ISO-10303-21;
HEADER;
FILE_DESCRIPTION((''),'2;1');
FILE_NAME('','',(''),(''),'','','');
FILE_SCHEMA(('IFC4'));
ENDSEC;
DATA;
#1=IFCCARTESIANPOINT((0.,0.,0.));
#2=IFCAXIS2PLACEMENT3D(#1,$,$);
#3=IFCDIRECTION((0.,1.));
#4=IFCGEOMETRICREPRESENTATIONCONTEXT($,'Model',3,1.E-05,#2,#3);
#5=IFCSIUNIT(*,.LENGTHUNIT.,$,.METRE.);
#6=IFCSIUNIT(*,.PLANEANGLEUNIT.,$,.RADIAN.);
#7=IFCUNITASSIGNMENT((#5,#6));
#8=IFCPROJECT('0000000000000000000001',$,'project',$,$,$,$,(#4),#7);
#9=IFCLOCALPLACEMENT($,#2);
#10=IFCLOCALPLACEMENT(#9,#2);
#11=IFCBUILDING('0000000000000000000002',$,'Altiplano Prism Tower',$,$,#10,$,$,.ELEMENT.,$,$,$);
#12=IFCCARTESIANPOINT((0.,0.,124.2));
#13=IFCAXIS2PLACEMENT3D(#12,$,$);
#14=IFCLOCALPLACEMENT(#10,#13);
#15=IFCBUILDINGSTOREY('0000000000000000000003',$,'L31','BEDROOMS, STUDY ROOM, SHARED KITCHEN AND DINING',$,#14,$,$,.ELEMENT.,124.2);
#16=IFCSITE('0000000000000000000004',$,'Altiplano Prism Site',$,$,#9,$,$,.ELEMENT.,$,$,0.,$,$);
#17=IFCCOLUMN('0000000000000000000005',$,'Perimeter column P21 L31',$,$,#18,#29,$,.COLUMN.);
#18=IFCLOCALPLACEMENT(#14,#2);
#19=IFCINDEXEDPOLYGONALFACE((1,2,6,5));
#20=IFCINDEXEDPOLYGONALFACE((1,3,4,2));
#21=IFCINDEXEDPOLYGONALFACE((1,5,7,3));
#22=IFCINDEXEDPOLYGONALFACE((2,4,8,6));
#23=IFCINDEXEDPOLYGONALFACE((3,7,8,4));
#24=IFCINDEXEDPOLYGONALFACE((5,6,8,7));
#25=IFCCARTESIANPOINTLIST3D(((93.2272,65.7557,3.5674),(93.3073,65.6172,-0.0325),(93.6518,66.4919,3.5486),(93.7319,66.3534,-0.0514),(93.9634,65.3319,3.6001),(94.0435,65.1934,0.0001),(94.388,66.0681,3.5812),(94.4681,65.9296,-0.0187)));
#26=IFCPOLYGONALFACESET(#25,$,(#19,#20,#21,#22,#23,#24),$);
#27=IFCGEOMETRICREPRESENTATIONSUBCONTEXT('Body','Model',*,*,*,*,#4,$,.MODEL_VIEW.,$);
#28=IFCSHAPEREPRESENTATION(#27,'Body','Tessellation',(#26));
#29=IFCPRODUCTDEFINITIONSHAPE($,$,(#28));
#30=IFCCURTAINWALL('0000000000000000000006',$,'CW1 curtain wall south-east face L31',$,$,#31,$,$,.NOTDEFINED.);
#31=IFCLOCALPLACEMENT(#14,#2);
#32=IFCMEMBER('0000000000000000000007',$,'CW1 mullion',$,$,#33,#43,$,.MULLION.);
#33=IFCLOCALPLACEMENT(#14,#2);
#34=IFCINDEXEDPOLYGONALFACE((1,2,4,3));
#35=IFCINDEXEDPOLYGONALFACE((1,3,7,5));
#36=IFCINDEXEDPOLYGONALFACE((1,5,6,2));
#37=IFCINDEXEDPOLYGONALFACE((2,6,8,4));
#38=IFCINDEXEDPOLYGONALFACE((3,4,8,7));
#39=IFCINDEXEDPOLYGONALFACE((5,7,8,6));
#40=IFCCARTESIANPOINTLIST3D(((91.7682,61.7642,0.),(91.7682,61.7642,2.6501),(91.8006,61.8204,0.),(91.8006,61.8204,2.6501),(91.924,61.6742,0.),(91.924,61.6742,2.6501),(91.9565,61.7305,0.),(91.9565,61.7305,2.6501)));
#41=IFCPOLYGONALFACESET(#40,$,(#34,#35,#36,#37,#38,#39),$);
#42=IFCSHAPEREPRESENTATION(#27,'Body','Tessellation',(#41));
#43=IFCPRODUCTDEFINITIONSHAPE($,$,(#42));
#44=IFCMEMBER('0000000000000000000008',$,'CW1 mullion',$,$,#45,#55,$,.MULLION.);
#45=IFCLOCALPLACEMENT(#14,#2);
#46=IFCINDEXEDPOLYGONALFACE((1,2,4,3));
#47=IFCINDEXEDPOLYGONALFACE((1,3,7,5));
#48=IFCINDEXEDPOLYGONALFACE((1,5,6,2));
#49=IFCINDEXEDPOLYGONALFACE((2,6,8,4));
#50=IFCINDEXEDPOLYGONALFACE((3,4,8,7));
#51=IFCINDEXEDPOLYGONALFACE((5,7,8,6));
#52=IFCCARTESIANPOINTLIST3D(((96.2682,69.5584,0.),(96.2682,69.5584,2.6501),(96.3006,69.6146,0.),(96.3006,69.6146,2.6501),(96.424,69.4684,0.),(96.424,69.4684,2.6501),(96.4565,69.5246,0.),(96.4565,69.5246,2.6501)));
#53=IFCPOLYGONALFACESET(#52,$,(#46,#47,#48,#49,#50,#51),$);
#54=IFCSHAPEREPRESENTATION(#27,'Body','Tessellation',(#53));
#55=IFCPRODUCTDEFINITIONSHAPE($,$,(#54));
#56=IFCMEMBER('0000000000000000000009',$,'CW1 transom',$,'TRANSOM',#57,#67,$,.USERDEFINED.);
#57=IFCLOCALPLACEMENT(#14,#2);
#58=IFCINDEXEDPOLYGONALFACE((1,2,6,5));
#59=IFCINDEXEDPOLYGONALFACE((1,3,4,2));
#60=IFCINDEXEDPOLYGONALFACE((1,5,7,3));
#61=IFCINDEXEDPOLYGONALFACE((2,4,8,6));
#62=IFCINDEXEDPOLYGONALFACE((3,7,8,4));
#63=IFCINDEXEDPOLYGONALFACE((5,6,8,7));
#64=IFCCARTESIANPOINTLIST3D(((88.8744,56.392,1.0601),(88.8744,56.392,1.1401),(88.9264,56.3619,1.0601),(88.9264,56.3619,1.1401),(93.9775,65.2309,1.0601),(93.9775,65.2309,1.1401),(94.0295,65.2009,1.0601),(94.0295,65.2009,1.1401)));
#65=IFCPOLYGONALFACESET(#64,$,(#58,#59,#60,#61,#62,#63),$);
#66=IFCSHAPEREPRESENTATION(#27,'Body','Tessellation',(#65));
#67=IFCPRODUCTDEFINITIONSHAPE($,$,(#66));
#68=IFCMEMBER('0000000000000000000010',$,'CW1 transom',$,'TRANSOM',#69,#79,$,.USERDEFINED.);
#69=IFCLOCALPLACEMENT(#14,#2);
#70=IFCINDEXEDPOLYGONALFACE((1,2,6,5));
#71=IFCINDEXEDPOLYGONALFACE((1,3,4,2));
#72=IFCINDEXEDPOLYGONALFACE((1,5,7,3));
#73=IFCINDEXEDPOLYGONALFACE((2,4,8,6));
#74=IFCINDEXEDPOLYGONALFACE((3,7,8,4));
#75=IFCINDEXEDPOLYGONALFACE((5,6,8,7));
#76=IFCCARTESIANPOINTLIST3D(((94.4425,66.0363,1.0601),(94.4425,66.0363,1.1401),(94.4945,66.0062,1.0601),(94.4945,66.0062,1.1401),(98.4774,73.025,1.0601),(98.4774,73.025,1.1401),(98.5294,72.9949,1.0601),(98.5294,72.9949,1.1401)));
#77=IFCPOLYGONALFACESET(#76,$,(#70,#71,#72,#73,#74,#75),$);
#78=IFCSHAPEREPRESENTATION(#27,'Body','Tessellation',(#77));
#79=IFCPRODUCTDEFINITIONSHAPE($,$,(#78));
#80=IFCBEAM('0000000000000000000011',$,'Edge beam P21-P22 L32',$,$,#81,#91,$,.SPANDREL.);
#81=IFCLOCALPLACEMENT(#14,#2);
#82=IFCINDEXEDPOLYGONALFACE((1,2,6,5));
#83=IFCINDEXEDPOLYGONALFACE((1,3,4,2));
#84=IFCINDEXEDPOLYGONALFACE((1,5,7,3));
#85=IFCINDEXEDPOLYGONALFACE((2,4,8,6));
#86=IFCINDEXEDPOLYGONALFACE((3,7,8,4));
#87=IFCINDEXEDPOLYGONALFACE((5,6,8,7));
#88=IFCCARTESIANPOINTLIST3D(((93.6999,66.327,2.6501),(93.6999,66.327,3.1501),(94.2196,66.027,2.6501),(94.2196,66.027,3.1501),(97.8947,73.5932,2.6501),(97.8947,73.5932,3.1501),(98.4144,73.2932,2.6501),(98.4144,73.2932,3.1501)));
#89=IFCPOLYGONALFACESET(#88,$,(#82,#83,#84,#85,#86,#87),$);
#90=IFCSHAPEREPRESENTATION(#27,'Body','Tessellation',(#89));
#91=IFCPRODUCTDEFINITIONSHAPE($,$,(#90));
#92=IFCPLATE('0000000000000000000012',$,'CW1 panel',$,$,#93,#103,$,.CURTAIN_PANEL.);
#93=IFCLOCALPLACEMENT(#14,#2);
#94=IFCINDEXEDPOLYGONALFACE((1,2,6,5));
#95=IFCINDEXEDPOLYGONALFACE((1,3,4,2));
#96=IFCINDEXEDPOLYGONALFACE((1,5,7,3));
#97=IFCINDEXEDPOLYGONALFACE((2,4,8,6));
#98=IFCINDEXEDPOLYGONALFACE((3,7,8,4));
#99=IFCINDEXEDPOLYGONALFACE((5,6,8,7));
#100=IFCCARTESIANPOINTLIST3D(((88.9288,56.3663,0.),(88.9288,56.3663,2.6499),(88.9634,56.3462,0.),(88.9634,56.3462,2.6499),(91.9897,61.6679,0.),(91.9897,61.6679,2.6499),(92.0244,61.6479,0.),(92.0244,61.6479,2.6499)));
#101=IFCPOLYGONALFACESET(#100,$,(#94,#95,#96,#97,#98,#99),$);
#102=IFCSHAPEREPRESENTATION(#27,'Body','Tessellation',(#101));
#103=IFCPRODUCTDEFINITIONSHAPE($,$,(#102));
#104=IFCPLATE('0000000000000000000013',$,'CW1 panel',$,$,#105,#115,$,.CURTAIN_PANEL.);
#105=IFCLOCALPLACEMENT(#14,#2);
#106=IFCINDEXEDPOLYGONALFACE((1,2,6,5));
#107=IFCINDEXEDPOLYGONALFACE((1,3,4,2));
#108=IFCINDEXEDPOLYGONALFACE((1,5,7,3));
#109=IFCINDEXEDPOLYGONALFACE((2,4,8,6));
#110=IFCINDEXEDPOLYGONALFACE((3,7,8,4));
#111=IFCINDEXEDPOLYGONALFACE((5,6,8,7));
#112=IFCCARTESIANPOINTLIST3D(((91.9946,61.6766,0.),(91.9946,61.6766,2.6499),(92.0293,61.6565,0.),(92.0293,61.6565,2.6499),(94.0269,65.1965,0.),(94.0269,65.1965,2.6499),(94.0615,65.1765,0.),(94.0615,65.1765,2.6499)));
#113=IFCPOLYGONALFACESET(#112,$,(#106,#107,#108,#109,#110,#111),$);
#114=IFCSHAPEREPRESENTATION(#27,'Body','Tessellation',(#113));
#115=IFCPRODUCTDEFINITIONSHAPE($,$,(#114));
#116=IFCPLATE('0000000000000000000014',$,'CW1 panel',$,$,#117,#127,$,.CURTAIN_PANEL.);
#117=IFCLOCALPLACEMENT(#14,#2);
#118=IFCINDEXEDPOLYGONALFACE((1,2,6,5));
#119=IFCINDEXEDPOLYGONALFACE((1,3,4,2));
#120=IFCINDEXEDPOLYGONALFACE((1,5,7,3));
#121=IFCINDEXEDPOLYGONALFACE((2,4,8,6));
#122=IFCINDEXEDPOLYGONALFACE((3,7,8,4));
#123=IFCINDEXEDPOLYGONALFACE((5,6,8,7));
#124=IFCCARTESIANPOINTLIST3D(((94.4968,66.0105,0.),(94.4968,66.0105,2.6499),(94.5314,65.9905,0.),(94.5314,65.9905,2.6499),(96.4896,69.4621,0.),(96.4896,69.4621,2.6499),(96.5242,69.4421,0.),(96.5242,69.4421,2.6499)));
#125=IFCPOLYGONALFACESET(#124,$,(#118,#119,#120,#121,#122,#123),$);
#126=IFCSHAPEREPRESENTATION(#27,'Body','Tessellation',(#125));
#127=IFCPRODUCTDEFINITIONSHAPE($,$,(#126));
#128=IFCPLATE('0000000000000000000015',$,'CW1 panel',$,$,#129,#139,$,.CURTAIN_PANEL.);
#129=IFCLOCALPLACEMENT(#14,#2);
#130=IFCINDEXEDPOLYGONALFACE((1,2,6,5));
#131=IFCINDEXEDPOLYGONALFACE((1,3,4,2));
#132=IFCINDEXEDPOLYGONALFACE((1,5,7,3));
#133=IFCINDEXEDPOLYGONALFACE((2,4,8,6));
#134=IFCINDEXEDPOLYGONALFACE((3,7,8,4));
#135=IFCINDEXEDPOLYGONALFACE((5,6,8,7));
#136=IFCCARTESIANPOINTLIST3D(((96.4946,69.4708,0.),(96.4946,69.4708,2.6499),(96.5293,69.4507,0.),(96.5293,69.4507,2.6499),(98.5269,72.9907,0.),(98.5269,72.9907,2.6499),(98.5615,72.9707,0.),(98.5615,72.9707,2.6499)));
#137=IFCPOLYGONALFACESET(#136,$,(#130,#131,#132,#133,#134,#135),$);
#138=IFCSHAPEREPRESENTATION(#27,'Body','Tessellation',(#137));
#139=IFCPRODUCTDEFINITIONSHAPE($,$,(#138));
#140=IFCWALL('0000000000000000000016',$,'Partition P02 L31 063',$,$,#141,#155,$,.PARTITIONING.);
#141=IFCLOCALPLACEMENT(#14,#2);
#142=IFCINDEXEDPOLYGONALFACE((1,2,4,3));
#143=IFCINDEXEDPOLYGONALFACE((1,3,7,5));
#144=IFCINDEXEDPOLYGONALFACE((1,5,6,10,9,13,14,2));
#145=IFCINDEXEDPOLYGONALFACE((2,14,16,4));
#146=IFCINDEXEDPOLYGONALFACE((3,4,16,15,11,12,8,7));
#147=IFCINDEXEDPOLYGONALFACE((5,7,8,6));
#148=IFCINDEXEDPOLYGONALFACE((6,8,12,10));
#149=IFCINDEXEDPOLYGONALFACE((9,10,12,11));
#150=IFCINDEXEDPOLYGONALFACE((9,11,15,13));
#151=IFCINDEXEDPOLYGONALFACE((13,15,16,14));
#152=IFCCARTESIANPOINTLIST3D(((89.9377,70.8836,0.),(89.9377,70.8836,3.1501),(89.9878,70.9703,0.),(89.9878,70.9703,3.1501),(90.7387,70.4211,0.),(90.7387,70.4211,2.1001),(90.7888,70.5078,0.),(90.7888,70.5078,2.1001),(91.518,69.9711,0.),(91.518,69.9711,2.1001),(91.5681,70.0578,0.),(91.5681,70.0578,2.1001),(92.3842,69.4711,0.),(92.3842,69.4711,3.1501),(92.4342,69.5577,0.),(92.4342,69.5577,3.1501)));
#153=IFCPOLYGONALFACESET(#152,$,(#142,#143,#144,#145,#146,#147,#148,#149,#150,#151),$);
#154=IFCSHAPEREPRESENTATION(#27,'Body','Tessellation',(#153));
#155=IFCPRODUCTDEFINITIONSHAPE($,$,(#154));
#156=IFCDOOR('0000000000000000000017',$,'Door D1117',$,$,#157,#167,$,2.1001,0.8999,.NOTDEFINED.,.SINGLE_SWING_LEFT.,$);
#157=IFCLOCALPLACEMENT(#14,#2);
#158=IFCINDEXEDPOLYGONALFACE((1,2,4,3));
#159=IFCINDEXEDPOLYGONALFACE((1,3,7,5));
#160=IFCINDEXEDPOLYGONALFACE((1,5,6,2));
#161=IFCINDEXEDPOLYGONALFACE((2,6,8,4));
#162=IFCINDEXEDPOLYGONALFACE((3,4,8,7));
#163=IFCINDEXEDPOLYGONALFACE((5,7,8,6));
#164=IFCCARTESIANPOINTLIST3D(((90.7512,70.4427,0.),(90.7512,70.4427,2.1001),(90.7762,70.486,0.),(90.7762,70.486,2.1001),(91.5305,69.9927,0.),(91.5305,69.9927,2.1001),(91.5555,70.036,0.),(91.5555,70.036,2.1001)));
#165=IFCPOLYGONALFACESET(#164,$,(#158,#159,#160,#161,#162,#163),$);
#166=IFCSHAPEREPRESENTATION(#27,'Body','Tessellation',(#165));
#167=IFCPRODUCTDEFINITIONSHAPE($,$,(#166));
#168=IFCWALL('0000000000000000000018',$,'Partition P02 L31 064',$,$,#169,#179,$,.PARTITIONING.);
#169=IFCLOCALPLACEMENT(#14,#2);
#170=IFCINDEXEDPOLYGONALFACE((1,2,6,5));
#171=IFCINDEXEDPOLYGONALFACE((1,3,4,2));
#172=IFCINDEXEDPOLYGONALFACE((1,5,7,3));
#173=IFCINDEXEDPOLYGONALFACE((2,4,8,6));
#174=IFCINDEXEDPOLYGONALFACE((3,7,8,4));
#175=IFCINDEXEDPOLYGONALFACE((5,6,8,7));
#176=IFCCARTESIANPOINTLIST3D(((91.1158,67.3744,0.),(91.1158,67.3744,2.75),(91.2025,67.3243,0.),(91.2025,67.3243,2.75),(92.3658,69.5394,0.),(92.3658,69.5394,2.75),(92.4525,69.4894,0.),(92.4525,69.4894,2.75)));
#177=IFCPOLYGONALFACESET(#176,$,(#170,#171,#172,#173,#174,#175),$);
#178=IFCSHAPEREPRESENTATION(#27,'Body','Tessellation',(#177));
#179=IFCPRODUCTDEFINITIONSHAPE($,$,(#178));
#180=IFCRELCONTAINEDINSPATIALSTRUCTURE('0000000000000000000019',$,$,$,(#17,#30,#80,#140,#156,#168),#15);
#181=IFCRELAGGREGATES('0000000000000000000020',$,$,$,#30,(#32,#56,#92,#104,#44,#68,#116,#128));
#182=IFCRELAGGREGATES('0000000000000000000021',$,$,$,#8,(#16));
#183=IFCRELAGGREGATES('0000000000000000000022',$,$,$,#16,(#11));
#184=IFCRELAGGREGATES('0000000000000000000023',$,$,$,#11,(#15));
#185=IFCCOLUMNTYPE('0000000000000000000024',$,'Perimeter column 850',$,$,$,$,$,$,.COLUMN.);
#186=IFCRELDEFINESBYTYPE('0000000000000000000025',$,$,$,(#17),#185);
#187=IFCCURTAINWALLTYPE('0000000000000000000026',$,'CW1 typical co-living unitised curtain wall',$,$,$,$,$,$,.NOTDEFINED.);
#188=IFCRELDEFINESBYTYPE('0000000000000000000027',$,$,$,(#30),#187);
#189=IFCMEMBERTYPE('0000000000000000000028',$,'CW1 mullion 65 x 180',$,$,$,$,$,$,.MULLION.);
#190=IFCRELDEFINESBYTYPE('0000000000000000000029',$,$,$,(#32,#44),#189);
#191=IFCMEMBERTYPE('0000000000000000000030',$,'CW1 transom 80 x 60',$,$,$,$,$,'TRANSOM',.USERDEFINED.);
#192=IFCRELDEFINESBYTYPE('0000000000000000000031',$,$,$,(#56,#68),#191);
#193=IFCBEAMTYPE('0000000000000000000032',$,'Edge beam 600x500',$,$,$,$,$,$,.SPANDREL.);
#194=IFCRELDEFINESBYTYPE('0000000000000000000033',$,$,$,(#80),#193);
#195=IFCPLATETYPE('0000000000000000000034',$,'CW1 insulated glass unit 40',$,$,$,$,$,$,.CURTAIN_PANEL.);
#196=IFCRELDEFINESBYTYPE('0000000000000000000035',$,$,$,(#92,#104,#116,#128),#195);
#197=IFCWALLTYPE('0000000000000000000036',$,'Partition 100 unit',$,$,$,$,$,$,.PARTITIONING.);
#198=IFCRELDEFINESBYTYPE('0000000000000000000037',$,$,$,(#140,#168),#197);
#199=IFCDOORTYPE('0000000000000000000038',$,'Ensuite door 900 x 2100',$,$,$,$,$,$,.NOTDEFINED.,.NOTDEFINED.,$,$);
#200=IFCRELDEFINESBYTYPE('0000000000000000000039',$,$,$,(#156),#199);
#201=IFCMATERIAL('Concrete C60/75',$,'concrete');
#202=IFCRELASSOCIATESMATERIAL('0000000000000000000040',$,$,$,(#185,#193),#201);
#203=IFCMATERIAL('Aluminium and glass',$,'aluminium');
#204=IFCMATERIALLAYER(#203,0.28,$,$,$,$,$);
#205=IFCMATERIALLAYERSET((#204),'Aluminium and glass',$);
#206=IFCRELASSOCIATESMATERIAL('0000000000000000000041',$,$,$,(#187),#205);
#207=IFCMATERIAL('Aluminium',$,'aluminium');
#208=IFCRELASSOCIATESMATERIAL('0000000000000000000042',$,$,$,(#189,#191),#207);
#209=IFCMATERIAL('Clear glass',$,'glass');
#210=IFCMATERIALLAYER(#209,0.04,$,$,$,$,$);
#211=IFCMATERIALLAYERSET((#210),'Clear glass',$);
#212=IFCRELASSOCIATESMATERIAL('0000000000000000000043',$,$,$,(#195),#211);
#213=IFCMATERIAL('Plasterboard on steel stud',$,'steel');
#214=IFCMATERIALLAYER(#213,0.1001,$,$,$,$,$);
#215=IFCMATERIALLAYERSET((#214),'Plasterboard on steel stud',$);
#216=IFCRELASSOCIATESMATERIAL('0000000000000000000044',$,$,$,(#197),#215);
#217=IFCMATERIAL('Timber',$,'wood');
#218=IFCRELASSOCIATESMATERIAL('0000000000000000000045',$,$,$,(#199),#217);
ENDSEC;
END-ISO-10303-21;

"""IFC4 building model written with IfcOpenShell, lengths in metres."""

from ifc_helpers import new_model, si_unit, direction, frame, frame_2d, origin, origin_2d, place, context, subcontext, project, spatial, rectangle, extrude, material, layer, layer_set, material_profile, profile_set, type_object, element, fill, aggregate, save


model = new_model("IFC4")

# Units and contexts
model_context = context("Model", 3, precision=1e-05, world=origin(), true_north=direction((0.0, 1.0)))
body_context = subcontext(model_context, "Body", "Model", "MODEL_VIEW")
ifc_project = project(units=[si_unit("LENGTHUNIT", "METRE"), si_unit("PLANEANGLEUNIT", "RADIAN")], contexts=[model_context])

# Site, building, storey
site_placement = place(None, origin())
site = spatial("IfcSite", under=ifc_project, at=site_placement, Name="Altiplano Prism Site", CompositionType="ELEMENT", RefElevation=0.0)
building_placement = place(site_placement, origin())
building = spatial("IfcBuilding", under=site, at=building_placement, Name="Altiplano Prism Tower", CompositionType="ELEMENT")
storey_placement = place(building_placement, frame((0.0, 0.0, 124.2)))
storey = spatial("IfcBuildingStorey", under=building, at=storey_placement, Name="L31", Description="BEDROOMS, STUDY ROOM, SHARED KITCHEN AND DINING", CompositionType="ELEMENT", Elevation=124.2)

# Column
ifc_material_1 = material(Name="Concrete C60/75", Category="concrete")
ifc_material_profile_1 = material_profile(ifc_material_1, rectangle(XDim=0.8501, YDim=0.8501, at=origin_2d()), Name="Perimeter column 850")
ifc_profile_set_1 = profile_set([ifc_material_profile_1], Name="Concrete C60/75")
column_type = type_object("IfcColumnType", Name="Perimeter column 850", PredefinedType="COLUMN", material=ifc_profile_set_1)
column_placement = place(storey_placement, frame((93.8877, 65.7734, -0.0256), z_axis=(-0.022223, 0.038416, 0.999015), x_axis=(-0.499506, -0.866026, 0.022191)))
element("IfcColumn", 1, at=column_placement, inside=storey, type_object=column_type, Name="Perimeter column P21 L31", PredefinedType="COLUMN", context=body_context, shape_type="SweptSolid", body=[
    extrude(rectangle(XDim=0.8501, YDim=0.8501, at=origin_2d()), origin(), (0.0, 0.0, 1.0), 3.6035),
])

# Curtain wall, members
ifc_material_2 = material(Name="Aluminium and glass", Category="aluminium")
ifc_layer_1 = layer(ifc_material_2, 0.28)
ifc_layer_set_1 = layer_set([ifc_layer_1], Name="Aluminium and glass")
curtain_wall_type = type_object("IfcCurtainWallType", Name="CW1 typical co-living unitised curtain wall", PredefinedType="NOTDEFINED", material=ifc_layer_set_1)
curtain_wall_placement = place(storey_placement, origin())
curtain_wall = element("IfcCurtainWall", 2, at=curtain_wall_placement, inside=storey, type_object=curtain_wall_type, Name="CW1 curtain wall south-east face L31", PredefinedType="NOTDEFINED")
ifc_material_3 = material(Name="Aluminium", Category="aluminium")
ifc_material_profile_2 = material_profile(ifc_material_3, rectangle(XDim=0.1799, YDim=0.0649, at=origin_2d()), Name="CW1 mullion 65 x 180")
ifc_profile_set_2 = profile_set([ifc_material_profile_2], Name="Aluminium")
member_type_1 = type_object("IfcMemberType", Name="CW1 mullion 65 x 180", PredefinedType="MULLION", material=ifc_profile_set_2)
member_1_placement = place(storey_placement, frame((91.8623, 61.7473, 0.0), z_axis=(0.0, 0.0, 1.0), x_axis=(-0.866025, 0.5, 0.0)))
member_1 = element("IfcMember", 3, at=member_1_placement, type_object=member_type_1, Name="CW1 mullion", PredefinedType="MULLION", context=body_context, shape_type="SweptSolid", body=[
    extrude(rectangle(XDim=0.1799, YDim=0.0649, at=origin_2d()), origin(), (0.0, 0.0, 1.0), 2.6501),
])
member_2_placement = place(storey_placement, frame((96.3623, 69.5415, 0.0), z_axis=(0.0, 0.0, 1.0), x_axis=(-0.866025, 0.5, 0.0)))
member_2 = element("IfcMember", 4, at=member_2_placement, type_object=member_type_1, Name="CW1 mullion", PredefinedType="MULLION", context=body_context, shape_type="SweptSolid", body=[
    extrude(rectangle(XDim=0.1799, YDim=0.0649, at=origin_2d()), origin(), (0.0, 0.0, 1.0), 2.6501),
])
ifc_material_profile_3 = material_profile(ifc_material_3, rectangle(XDim=0.0601, YDim=0.0801, at=origin_2d()), Name="CW1 transom 80 x 60")
ifc_profile_set_3 = profile_set([ifc_material_profile_3], Name="Aluminium")
member_type_2 = type_object("IfcMemberType", Name="CW1 transom 80 x 60", ElementType="TRANSOM", PredefinedType="USERDEFINED", material=ifc_profile_set_3)
member_3_placement = place(storey_placement, frame((88.9004, 56.377, 1.1001), z_axis=(0.499993, 0.866029, 0.0), x_axis=(-0.866029, 0.499993, 0.0)))
member_3 = element("IfcMember", 5, at=member_3_placement, type_object=member_type_2, Name="CW1 transom", ObjectType="TRANSOM", PredefinedType="USERDEFINED", context=body_context, shape_type="SweptSolid", body=[
    extrude(rectangle(XDim=0.0601, YDim=0.0801, at=origin_2d()), origin(), (0.0, 0.0, 1.0), 10.2063),
])
member_4_placement = place(storey_placement, frame((94.4685, 66.0212, 1.1001), z_axis=(0.499995, 0.866028, 0.0), x_axis=(-0.866028, 0.499995, 0.0)))
member_4 = element("IfcMember", 6, at=member_4_placement, type_object=member_type_2, Name="CW1 transom", ObjectType="TRANSOM", PredefinedType="USERDEFINED", context=body_context, shape_type="SweptSolid", body=[
    extrude(rectangle(XDim=0.0601, YDim=0.0801, at=origin_2d()), origin(), (0.0, 0.0, 1.0), 8.0698),
])

# Beam
ifc_material_profile_4 = material_profile(ifc_material_1, rectangle(XDim=0.6001, YDim=0.5, at=origin_2d()), Name="Edge beam 600x500")
ifc_profile_set_4 = profile_set([ifc_material_profile_4], Name="Concrete C60/75")
beam_type = type_object("IfcBeamType", Name="Edge beam 600x500", PredefinedType="SPANDREL", material=ifc_profile_set_4)
beam_placement = place(storey_placement, frame((93.9597, 66.177, 2.9001), z_axis=(0.499976, 0.866039, 0.0), x_axis=(-0.866039, 0.499976, 0.0)))
element("IfcBeam", 7, at=beam_placement, inside=storey, type_object=beam_type, Name="Edge beam P21-P22 L32", PredefinedType="SPANDREL", context=body_context, shape_type="SweptSolid", body=[
    extrude(rectangle(XDim=0.6001, YDim=0.5, at=origin_2d()), origin(), (0.0, 0.0, 1.0), 8.3901),
])

# Plates
ifc_material_4 = material(Name="Clear glass", Category="glass")
ifc_layer_2 = layer(ifc_material_4, 0.04)
ifc_layer_set_2 = layer_set([ifc_layer_2], Name="Clear glass")
plate_type = type_object("IfcPlateType", Name="CW1 insulated glass unit 40", PredefinedType="CURTAIN_PANEL", material=ifc_layer_set_2)
plate_1_placement = place(storey_placement, frame((90.4766, 59.0071, 0.0), z_axis=(0.0, 0.0, 1.0), x_axis=(0.5, 0.866025, 0.0)))
plate_1 = element("IfcPlate", 8, at=plate_1_placement, type_object=plate_type, Name="CW1 panel", PredefinedType="CURTAIN_PANEL", context=body_context, shape_type="SweptSolid", body=[
    extrude(rectangle(XDim=6.1218, YDim=0.04, at=origin_2d()), origin(), (0.0, 0.0, 1.0), 2.6499),
])
plate_2_placement = place(storey_placement, frame((93.0281, 63.4265, 0.0), z_axis=(0.0, 0.0, 1.0), x_axis=(0.5, 0.866025, 0.0)))
plate_2 = element("IfcPlate", 9, at=plate_2_placement, type_object=plate_type, Name="CW1 panel", PredefinedType="CURTAIN_PANEL", context=body_context, shape_type="SweptSolid", body=[
    extrude(rectangle(XDim=4.0645, YDim=0.04, at=origin_2d()), origin(), (0.0, 0.0, 1.0), 2.6499),
])
plate_3_placement = place(storey_placement, frame((95.5105, 67.7263, 0.0), z_axis=(0.0, 0.0, 1.0), x_axis=(0.5, 0.866025, 0.0)))
plate_3 = element("IfcPlate", 10, at=plate_3_placement, type_object=plate_type, Name="CW1 panel", PredefinedType="CURTAIN_PANEL", context=body_context, shape_type="SweptSolid", body=[
    extrude(rectangle(XDim=3.9856, YDim=0.04, at=origin_2d()), origin(), (0.0, 0.0, 1.0), 2.6499),
])
plate_4_placement = place(storey_placement, frame((97.5281, 71.2207, 0.0), z_axis=(0.0, 0.0, 1.0), x_axis=(0.5, 0.866025, 0.0)))
plate_4 = element("IfcPlate", 11, at=plate_4_placement, type_object=plate_type, Name="CW1 panel", PredefinedType="CURTAIN_PANEL", context=body_context, shape_type="SweptSolid", body=[
    extrude(rectangle(XDim=4.0645, YDim=0.04, at=origin_2d()), origin(), (0.0, 0.0, 1.0), 2.6499),
])
aggregate(curtain_wall, [member_1, member_3, plate_1, plate_2, member_2, member_4, plate_3, plate_4])

# Wall, opening, door
ifc_material_5 = material(Name="Plasterboard on steel stud", Category="steel")
ifc_layer_3 = layer(ifc_material_5, 0.1001)
ifc_layer_set_3 = layer_set([ifc_layer_3], Name="Plasterboard on steel stud")
wall_type_1 = type_object("IfcWallType", Name="Partition 100 unit", PredefinedType="PARTITIONING", material=ifc_layer_set_3)
wall_1_placement = place(storey_placement, frame((89.9626, 70.927, 0.0), z_axis=(0.0, 0.0, 1.0), x_axis=(0.866011, -0.500024, 0.0)))
wall_1 = element("IfcWall", 12, at=wall_1_placement, inside=storey, type_object=wall_type_1, Name="Partition P02 L31 063", PredefinedType="PARTITIONING", context=body_context, shape_type="SweptSolid", body=[
    extrude(rectangle(XDim=2.825, YDim=0.1001, at=frame_2d((1.4126, 0.0))), origin(), (0.0, 0.0, 1.0), 3.1501),
])
opening_placement = place(wall_1_placement, frame((0.925, 0.0, 0.0)))
opening = element("IfcOpeningElement", 13, at=opening_placement, cuts=wall_1, PredefinedType="OPENING", context=body_context, shape_type="SweptSolid", body=[
    extrude(rectangle(XDim=0.8999, YDim=2.1001, at=frame_2d((0.45, 1.05))), frame((0.0, 0.0605, 0.0), z_axis=(0.0, -1.0, 0.0), x_axis=(1.0, 0.0, 0.0)), (0.0, 0.0, 1.0), 0.1211),
])
ifc_material_6 = material(Name="Timber", Category="wood")
door_type = type_object("IfcDoorType", Name="Ensuite door 900 x 2100", OperationType="NOTDEFINED", PredefinedType="NOTDEFINED", material=ifc_material_6)
door_placement = place(opening_placement, origin())
door = element("IfcDoor", 14, at=door_placement, inside=storey, type_object=door_type, Name="Door D1117", OperationType="SINGLE_SWING_LEFT", OverallHeight=2.1001, OverallWidth=0.8999, PredefinedType="NOTDEFINED", context=body_context, shape_type="SweptSolid", body=[
    extrude(rectangle(XDim=0.8999, YDim=2.1001, at=frame_2d((0.45, 1.05))), frame((0.0, 0.0249, 0.0), z_axis=(0.0, -1.0, 0.0), x_axis=(1.0, 0.0, 0.0)), (0.0, 0.0, 1.0), 0.05),
])
fill(opening, door)

# Wall
wall_2_placement = place(storey_placement, frame((92.4092, 69.5144, 0.0), z_axis=(0.0, 0.0, 1.0), x_axis=(-0.500004, -0.866023, 0.0)))
element("IfcWall", 15, at=wall_2_placement, inside=storey, type_object=wall_type_1, Name="Partition P02 L31 064", PredefinedType="PARTITIONING", context=body_context, shape_type="SweptSolid", body=[
    extrude(rectangle(XDim=2.5, YDim=0.1001, at=frame_2d((1.25, 0.0))), origin(), (0.0, 0.0, 1.0), 2.75),
])

save(model, "model.ifc")
